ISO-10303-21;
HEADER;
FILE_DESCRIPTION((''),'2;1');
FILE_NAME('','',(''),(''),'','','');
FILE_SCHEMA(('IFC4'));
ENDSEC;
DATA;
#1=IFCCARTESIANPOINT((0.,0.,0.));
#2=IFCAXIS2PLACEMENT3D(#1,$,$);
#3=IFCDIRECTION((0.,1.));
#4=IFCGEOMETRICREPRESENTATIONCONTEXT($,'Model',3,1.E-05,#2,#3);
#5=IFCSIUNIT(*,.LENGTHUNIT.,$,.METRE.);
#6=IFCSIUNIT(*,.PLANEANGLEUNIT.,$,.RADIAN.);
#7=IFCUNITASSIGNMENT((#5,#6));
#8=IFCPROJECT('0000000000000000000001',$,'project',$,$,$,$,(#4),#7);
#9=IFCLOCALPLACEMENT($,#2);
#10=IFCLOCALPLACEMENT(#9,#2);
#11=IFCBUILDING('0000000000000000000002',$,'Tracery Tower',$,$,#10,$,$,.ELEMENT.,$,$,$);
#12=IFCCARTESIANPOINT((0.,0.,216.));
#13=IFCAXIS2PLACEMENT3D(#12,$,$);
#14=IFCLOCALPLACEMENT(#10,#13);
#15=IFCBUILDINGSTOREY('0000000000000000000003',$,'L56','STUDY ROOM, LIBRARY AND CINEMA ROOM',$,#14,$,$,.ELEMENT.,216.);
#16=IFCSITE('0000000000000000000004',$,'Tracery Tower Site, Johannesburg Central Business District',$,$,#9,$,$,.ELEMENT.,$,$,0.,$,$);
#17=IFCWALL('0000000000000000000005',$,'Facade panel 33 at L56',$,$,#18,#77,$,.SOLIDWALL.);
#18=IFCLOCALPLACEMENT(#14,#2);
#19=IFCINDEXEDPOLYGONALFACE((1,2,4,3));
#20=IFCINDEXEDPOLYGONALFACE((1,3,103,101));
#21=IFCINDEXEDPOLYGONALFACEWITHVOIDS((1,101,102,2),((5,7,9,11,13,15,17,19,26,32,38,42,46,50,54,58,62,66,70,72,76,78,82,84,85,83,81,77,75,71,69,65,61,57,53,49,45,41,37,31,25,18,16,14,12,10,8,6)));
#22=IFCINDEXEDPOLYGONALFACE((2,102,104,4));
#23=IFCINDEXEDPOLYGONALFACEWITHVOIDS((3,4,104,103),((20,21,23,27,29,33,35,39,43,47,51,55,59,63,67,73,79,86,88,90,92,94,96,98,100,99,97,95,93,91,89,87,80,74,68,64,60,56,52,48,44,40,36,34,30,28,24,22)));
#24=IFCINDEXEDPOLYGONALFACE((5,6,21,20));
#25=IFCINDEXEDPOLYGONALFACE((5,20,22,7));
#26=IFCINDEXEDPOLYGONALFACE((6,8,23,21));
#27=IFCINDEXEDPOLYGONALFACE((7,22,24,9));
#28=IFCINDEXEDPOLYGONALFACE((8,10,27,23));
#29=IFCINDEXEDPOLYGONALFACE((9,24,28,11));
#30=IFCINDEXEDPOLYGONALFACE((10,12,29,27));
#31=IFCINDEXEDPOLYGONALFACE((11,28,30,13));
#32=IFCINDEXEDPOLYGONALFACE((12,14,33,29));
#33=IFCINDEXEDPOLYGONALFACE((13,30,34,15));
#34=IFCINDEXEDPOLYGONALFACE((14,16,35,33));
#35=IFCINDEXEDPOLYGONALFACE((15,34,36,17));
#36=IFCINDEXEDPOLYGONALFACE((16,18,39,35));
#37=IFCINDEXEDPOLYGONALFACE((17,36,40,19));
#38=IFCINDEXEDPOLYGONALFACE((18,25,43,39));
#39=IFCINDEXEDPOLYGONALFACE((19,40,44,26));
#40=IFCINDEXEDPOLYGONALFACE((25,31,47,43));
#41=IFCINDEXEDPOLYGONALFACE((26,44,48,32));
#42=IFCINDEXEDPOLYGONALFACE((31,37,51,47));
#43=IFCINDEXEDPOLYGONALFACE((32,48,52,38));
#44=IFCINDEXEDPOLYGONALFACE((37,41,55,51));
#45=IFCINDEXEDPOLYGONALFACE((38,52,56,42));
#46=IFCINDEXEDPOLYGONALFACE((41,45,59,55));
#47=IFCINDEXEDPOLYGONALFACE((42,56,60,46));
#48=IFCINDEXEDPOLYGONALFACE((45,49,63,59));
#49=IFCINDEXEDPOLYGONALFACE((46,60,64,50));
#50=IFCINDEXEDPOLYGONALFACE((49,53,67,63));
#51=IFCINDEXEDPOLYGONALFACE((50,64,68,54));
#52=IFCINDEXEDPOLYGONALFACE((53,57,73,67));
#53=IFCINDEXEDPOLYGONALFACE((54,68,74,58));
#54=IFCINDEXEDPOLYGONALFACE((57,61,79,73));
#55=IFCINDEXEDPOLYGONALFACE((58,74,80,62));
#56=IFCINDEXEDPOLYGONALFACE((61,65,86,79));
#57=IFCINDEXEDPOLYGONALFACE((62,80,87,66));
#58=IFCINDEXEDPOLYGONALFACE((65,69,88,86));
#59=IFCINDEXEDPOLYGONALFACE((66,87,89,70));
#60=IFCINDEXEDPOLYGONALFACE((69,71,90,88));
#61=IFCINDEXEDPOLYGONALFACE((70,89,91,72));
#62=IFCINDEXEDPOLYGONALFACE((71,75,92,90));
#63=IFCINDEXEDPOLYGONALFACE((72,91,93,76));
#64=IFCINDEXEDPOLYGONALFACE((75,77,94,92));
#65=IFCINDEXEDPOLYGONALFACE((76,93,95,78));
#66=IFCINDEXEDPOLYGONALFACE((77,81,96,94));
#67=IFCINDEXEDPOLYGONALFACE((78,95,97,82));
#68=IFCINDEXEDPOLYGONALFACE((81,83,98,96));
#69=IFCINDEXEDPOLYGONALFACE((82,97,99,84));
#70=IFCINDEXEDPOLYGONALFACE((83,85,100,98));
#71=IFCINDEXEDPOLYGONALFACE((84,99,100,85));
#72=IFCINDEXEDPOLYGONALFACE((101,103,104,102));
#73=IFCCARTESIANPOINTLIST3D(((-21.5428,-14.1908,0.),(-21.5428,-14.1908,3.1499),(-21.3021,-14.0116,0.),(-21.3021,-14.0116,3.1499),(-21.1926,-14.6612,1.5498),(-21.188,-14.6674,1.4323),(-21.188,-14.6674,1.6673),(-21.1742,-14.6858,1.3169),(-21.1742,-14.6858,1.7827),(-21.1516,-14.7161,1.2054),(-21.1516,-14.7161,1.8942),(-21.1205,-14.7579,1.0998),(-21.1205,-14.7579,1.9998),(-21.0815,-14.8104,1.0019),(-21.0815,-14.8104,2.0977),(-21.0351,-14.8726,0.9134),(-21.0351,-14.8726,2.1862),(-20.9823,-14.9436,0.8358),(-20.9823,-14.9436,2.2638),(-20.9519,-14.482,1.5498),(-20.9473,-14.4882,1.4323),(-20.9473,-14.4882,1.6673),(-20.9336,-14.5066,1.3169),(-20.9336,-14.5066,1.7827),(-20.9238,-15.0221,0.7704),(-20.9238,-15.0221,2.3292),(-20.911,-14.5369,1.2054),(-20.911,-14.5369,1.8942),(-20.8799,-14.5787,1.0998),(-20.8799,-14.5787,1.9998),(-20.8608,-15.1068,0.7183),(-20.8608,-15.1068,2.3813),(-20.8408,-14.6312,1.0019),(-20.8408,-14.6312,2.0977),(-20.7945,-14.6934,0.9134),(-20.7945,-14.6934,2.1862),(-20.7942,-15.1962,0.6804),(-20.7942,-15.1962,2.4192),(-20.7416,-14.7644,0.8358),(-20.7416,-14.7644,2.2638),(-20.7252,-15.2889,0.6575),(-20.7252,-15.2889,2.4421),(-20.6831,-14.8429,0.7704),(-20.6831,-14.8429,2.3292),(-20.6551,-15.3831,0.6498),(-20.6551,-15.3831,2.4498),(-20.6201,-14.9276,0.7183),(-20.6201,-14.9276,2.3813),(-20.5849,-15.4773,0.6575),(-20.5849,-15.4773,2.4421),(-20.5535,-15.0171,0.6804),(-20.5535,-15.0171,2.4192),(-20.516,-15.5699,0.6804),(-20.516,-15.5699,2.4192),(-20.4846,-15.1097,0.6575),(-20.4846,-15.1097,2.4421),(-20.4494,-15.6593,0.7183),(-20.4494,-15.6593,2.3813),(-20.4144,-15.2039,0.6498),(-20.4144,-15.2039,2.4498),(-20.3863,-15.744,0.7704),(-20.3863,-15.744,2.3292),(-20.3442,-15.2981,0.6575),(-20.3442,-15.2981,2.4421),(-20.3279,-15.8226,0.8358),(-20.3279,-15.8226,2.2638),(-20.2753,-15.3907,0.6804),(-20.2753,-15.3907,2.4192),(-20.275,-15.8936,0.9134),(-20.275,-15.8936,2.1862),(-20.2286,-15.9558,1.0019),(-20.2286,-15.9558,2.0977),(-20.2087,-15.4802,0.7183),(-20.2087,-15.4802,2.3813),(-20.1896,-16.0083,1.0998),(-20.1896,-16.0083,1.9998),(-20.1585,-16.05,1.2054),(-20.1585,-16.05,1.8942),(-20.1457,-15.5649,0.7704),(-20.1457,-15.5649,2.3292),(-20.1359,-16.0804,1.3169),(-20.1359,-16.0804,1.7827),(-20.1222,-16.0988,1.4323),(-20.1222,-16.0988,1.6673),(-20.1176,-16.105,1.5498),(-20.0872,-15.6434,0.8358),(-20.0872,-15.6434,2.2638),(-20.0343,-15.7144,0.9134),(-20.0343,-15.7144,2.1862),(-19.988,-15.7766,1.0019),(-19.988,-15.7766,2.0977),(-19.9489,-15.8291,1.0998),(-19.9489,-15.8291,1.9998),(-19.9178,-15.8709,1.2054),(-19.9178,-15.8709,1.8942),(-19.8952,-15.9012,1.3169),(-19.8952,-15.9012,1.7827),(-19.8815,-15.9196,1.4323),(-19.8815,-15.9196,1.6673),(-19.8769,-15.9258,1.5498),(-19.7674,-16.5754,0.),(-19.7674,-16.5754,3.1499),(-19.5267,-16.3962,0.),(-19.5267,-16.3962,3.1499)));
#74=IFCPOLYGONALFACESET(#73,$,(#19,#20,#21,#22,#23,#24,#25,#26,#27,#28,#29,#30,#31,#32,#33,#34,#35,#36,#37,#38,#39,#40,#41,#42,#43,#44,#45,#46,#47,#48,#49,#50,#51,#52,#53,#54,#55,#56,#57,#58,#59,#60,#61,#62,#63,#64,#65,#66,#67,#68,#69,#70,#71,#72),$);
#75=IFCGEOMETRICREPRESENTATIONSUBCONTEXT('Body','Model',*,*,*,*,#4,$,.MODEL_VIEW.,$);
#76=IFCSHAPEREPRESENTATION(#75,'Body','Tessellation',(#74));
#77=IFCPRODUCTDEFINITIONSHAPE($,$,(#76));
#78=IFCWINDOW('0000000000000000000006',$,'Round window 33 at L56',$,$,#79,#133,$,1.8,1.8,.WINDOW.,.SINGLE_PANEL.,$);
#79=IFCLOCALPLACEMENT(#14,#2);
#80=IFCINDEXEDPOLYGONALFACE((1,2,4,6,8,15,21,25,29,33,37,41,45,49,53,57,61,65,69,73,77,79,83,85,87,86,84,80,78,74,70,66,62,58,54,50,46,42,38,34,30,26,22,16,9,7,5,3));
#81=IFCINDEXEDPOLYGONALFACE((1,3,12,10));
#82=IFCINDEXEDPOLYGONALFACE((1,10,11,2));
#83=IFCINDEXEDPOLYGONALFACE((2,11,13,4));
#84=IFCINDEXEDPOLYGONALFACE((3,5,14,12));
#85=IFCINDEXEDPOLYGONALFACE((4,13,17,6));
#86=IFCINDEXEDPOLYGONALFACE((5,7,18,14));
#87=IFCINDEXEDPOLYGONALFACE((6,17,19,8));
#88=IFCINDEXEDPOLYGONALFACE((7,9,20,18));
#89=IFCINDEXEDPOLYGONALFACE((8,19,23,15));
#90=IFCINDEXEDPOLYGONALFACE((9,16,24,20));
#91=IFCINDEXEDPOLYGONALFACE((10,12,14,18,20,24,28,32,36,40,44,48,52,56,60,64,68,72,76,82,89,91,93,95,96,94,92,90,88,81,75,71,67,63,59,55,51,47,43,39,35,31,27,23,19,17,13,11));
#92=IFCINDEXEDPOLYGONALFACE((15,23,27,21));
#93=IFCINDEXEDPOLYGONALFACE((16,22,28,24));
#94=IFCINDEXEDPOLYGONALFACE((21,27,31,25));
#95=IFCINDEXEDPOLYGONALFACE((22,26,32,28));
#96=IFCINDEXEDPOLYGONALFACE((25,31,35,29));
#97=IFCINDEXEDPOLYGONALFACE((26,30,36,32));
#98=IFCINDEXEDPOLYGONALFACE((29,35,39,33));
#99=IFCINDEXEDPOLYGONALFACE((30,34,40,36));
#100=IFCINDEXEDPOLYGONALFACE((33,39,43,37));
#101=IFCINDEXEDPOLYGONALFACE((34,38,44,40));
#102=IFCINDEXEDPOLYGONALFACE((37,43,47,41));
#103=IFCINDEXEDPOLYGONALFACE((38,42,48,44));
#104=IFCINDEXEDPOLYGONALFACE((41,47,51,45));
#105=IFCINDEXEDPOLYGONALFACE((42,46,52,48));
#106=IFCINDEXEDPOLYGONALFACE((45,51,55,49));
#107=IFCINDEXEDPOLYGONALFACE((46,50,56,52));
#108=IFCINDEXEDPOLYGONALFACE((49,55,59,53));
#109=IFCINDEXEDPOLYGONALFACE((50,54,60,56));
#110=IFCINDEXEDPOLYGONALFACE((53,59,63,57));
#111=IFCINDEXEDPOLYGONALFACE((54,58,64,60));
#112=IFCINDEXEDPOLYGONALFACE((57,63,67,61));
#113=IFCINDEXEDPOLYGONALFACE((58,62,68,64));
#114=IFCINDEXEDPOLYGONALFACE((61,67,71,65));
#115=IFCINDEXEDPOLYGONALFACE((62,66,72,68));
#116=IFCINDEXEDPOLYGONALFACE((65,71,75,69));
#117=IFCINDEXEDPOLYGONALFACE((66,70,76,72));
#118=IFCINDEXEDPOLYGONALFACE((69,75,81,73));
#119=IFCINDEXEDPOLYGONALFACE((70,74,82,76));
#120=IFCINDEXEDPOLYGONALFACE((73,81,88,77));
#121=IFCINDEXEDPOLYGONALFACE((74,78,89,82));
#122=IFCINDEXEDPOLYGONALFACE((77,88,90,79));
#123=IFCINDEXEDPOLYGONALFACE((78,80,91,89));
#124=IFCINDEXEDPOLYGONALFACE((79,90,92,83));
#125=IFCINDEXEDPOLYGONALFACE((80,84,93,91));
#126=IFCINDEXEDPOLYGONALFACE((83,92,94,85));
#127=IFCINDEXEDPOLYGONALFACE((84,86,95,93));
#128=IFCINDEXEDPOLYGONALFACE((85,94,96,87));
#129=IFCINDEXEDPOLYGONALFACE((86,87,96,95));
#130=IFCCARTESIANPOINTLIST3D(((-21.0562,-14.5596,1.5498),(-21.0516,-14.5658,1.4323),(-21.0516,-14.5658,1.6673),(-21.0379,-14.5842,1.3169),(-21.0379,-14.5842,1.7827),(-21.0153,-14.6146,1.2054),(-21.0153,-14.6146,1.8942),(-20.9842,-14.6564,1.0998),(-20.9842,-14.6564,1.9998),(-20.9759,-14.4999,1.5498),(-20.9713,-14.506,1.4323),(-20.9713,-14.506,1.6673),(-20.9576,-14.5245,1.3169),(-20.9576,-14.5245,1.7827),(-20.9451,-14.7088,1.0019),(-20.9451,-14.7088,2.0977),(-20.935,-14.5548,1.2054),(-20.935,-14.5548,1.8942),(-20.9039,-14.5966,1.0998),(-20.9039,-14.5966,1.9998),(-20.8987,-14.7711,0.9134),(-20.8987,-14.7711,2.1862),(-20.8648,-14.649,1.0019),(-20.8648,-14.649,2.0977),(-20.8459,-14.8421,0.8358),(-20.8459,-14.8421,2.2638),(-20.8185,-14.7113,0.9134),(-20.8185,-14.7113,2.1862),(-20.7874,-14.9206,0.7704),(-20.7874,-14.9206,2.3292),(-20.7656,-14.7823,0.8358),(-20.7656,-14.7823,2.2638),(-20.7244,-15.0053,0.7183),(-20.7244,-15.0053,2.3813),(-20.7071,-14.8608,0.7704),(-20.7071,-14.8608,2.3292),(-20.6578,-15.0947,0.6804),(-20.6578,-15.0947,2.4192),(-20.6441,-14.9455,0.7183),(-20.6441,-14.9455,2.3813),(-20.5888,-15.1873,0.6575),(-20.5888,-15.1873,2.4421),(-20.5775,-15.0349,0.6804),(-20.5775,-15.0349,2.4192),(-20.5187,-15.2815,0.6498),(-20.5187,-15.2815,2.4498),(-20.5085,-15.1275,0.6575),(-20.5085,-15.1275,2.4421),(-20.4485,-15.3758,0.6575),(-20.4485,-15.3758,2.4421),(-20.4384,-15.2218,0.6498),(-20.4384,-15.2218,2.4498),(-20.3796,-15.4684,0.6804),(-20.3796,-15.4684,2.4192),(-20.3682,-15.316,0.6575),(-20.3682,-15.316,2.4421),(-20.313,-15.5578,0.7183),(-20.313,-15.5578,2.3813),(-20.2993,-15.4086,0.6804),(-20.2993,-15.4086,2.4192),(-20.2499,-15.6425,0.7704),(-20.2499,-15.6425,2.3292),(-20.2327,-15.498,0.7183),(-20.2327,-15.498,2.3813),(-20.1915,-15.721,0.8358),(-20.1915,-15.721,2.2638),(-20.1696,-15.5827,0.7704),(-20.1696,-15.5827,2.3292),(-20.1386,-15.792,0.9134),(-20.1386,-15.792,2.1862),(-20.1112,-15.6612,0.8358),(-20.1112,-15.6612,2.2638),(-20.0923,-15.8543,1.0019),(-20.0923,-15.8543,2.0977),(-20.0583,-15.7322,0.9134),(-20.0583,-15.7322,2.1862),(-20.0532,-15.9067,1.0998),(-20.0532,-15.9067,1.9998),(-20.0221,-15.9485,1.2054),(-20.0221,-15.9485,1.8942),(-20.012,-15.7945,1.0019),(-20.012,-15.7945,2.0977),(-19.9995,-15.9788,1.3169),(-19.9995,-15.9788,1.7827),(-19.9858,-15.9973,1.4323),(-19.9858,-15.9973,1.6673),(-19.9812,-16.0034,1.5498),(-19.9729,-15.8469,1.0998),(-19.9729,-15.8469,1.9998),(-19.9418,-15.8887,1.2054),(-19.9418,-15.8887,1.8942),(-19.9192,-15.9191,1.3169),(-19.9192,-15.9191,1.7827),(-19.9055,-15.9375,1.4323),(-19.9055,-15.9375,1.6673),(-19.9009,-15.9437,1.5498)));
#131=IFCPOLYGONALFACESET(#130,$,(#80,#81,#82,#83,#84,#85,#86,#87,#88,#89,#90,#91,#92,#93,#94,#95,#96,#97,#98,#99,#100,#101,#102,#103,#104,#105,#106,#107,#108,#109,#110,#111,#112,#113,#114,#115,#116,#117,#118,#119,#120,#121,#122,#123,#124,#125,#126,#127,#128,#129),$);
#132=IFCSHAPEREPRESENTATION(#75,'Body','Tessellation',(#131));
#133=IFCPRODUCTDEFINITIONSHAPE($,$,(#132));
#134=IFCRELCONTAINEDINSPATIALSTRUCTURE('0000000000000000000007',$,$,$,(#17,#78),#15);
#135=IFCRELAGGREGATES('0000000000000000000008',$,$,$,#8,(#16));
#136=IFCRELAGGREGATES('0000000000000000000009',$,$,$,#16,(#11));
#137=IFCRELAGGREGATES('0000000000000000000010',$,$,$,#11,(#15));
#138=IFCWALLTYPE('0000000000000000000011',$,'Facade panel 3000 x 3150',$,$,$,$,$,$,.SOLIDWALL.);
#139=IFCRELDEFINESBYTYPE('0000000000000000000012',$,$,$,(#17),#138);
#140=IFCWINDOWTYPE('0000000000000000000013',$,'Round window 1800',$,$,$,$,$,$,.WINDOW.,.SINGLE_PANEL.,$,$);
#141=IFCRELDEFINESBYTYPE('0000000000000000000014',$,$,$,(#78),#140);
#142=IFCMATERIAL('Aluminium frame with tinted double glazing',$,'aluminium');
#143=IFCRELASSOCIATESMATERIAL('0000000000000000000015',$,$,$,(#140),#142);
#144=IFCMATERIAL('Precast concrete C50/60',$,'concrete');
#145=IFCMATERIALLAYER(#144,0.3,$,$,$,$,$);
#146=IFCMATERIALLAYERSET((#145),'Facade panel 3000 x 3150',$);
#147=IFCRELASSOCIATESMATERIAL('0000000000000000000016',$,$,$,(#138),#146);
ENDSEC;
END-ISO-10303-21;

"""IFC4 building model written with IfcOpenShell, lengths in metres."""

from ifc_helpers import new_model, si_unit, direction, frame, frame_2d, origin, origin_2d, place, context, subcontext, project, spatial, rectangle, circle, extrude, material, layer, layer_set, type_object, element, fill, save


model = new_model("IFC4")

# Units and contexts
model_context = context("Model", 3, precision=1e-05, world=origin(), true_north=direction((0.0, 1.0)))
body_context = subcontext(model_context, "Body", "Model", "MODEL_VIEW")
ifc_project = project(units=[si_unit("LENGTHUNIT", "METRE"), si_unit("PLANEANGLEUNIT", "RADIAN")], contexts=[model_context])

# Site, building, storey
site_placement = place(None, origin())
site = spatial("IfcSite", under=ifc_project, at=site_placement, Name="Tracery Tower Site, Johannesburg Central Business District", CompositionType="ELEMENT", RefElevation=0.0)
building_placement = place(site_placement, origin())
building = spatial("IfcBuilding", under=site, at=building_placement, Name="Tracery Tower", CompositionType="ELEMENT")
storey_placement = place(building_placement, frame((0.0, 0.0, 216.0)))
storey = spatial("IfcBuildingStorey", under=building, at=storey_placement, Name="L56", Description="STUDY ROOM, LIBRARY AND CINEMA ROOM", CompositionType="ELEMENT", Elevation=216.0)

# Wall, opening, window
ifc_material_1 = material(Name="Aluminium frame with tinted double glazing", Category="aluminium")
window_type = type_object("IfcWindowType", Name="Round window 1800", PartitioningType="SINGLE_PANEL", PredefinedType="WINDOW", material=ifc_material_1)
ifc_material_2 = material(Name="Precast concrete C50/60", Category="concrete")
ifc_layer_1 = layer(ifc_material_2, 0.3)
ifc_layer_set_1 = layer_set([ifc_layer_1], Name="Facade panel 3000 x 3150")
wall_type_1 = type_object("IfcWallType", Name="Facade panel 3000 x 3150", PredefinedType="SOLIDWALL", material=ifc_layer_set_1)
wall_1_placement = place(storey_placement, frame((-21.4224, -14.1013, 0.0), z_axis=(0.0, 0.0, 1.0), x_axis=(0.597198, -0.802094, 0.0)))
wall_1 = element("IfcWall", 1, at=wall_1_placement, inside=storey, type_object=wall_type_1, Name="Facade panel 33 at L56", PredefinedType="SOLIDWALL", context=body_context, shape_type="SweptSolid", body=[
    extrude(rectangle(XDim=2.9729, YDim=0.3, at=frame_2d((1.4863, 0.0))), origin(), (0.0, 0.0, 1.0), 3.1499),
])
opening_1_placement = place(wall_1_placement, frame((1.4863, 0.0, 1.5498)))
opening_1 = element("IfcOpeningElement", 2, at=opening_1_placement, cuts=wall_1, PredefinedType="OPENING", context=body_context, shape_type="SweptSolid", body=[
    extrude(circle(Radius=0.9, at=origin_2d()), frame((0.0, 0.1599, 0.0), z_axis=(0.0, -1.0, 0.0), x_axis=(1.0, 0.0, 0.0)), (0.0, 0.0, 1.0), 0.3201),
])
window_1_placement = place(opening_1_placement, origin())
window_1 = element("IfcWindow", 3, at=window_1_placement, inside=storey, type_object=window_type, Name="Round window 33 at L56", OverallHeight=1.8, OverallWidth=1.8, PartitioningType="SINGLE_PANEL", PredefinedType="WINDOW", context=body_context, shape_type="SweptSolid", body=[
    extrude(circle(Radius=0.9, at=origin_2d()), frame((0.0, 0.1201, 0.0), z_axis=(0.0, -1.0, 0.0), x_axis=(1.0, 0.0, 0.0)), (0.0, 0.0, 1.0), 0.1001),
])
fill(opening_1, window_1)

save(model, "model.ifc")
